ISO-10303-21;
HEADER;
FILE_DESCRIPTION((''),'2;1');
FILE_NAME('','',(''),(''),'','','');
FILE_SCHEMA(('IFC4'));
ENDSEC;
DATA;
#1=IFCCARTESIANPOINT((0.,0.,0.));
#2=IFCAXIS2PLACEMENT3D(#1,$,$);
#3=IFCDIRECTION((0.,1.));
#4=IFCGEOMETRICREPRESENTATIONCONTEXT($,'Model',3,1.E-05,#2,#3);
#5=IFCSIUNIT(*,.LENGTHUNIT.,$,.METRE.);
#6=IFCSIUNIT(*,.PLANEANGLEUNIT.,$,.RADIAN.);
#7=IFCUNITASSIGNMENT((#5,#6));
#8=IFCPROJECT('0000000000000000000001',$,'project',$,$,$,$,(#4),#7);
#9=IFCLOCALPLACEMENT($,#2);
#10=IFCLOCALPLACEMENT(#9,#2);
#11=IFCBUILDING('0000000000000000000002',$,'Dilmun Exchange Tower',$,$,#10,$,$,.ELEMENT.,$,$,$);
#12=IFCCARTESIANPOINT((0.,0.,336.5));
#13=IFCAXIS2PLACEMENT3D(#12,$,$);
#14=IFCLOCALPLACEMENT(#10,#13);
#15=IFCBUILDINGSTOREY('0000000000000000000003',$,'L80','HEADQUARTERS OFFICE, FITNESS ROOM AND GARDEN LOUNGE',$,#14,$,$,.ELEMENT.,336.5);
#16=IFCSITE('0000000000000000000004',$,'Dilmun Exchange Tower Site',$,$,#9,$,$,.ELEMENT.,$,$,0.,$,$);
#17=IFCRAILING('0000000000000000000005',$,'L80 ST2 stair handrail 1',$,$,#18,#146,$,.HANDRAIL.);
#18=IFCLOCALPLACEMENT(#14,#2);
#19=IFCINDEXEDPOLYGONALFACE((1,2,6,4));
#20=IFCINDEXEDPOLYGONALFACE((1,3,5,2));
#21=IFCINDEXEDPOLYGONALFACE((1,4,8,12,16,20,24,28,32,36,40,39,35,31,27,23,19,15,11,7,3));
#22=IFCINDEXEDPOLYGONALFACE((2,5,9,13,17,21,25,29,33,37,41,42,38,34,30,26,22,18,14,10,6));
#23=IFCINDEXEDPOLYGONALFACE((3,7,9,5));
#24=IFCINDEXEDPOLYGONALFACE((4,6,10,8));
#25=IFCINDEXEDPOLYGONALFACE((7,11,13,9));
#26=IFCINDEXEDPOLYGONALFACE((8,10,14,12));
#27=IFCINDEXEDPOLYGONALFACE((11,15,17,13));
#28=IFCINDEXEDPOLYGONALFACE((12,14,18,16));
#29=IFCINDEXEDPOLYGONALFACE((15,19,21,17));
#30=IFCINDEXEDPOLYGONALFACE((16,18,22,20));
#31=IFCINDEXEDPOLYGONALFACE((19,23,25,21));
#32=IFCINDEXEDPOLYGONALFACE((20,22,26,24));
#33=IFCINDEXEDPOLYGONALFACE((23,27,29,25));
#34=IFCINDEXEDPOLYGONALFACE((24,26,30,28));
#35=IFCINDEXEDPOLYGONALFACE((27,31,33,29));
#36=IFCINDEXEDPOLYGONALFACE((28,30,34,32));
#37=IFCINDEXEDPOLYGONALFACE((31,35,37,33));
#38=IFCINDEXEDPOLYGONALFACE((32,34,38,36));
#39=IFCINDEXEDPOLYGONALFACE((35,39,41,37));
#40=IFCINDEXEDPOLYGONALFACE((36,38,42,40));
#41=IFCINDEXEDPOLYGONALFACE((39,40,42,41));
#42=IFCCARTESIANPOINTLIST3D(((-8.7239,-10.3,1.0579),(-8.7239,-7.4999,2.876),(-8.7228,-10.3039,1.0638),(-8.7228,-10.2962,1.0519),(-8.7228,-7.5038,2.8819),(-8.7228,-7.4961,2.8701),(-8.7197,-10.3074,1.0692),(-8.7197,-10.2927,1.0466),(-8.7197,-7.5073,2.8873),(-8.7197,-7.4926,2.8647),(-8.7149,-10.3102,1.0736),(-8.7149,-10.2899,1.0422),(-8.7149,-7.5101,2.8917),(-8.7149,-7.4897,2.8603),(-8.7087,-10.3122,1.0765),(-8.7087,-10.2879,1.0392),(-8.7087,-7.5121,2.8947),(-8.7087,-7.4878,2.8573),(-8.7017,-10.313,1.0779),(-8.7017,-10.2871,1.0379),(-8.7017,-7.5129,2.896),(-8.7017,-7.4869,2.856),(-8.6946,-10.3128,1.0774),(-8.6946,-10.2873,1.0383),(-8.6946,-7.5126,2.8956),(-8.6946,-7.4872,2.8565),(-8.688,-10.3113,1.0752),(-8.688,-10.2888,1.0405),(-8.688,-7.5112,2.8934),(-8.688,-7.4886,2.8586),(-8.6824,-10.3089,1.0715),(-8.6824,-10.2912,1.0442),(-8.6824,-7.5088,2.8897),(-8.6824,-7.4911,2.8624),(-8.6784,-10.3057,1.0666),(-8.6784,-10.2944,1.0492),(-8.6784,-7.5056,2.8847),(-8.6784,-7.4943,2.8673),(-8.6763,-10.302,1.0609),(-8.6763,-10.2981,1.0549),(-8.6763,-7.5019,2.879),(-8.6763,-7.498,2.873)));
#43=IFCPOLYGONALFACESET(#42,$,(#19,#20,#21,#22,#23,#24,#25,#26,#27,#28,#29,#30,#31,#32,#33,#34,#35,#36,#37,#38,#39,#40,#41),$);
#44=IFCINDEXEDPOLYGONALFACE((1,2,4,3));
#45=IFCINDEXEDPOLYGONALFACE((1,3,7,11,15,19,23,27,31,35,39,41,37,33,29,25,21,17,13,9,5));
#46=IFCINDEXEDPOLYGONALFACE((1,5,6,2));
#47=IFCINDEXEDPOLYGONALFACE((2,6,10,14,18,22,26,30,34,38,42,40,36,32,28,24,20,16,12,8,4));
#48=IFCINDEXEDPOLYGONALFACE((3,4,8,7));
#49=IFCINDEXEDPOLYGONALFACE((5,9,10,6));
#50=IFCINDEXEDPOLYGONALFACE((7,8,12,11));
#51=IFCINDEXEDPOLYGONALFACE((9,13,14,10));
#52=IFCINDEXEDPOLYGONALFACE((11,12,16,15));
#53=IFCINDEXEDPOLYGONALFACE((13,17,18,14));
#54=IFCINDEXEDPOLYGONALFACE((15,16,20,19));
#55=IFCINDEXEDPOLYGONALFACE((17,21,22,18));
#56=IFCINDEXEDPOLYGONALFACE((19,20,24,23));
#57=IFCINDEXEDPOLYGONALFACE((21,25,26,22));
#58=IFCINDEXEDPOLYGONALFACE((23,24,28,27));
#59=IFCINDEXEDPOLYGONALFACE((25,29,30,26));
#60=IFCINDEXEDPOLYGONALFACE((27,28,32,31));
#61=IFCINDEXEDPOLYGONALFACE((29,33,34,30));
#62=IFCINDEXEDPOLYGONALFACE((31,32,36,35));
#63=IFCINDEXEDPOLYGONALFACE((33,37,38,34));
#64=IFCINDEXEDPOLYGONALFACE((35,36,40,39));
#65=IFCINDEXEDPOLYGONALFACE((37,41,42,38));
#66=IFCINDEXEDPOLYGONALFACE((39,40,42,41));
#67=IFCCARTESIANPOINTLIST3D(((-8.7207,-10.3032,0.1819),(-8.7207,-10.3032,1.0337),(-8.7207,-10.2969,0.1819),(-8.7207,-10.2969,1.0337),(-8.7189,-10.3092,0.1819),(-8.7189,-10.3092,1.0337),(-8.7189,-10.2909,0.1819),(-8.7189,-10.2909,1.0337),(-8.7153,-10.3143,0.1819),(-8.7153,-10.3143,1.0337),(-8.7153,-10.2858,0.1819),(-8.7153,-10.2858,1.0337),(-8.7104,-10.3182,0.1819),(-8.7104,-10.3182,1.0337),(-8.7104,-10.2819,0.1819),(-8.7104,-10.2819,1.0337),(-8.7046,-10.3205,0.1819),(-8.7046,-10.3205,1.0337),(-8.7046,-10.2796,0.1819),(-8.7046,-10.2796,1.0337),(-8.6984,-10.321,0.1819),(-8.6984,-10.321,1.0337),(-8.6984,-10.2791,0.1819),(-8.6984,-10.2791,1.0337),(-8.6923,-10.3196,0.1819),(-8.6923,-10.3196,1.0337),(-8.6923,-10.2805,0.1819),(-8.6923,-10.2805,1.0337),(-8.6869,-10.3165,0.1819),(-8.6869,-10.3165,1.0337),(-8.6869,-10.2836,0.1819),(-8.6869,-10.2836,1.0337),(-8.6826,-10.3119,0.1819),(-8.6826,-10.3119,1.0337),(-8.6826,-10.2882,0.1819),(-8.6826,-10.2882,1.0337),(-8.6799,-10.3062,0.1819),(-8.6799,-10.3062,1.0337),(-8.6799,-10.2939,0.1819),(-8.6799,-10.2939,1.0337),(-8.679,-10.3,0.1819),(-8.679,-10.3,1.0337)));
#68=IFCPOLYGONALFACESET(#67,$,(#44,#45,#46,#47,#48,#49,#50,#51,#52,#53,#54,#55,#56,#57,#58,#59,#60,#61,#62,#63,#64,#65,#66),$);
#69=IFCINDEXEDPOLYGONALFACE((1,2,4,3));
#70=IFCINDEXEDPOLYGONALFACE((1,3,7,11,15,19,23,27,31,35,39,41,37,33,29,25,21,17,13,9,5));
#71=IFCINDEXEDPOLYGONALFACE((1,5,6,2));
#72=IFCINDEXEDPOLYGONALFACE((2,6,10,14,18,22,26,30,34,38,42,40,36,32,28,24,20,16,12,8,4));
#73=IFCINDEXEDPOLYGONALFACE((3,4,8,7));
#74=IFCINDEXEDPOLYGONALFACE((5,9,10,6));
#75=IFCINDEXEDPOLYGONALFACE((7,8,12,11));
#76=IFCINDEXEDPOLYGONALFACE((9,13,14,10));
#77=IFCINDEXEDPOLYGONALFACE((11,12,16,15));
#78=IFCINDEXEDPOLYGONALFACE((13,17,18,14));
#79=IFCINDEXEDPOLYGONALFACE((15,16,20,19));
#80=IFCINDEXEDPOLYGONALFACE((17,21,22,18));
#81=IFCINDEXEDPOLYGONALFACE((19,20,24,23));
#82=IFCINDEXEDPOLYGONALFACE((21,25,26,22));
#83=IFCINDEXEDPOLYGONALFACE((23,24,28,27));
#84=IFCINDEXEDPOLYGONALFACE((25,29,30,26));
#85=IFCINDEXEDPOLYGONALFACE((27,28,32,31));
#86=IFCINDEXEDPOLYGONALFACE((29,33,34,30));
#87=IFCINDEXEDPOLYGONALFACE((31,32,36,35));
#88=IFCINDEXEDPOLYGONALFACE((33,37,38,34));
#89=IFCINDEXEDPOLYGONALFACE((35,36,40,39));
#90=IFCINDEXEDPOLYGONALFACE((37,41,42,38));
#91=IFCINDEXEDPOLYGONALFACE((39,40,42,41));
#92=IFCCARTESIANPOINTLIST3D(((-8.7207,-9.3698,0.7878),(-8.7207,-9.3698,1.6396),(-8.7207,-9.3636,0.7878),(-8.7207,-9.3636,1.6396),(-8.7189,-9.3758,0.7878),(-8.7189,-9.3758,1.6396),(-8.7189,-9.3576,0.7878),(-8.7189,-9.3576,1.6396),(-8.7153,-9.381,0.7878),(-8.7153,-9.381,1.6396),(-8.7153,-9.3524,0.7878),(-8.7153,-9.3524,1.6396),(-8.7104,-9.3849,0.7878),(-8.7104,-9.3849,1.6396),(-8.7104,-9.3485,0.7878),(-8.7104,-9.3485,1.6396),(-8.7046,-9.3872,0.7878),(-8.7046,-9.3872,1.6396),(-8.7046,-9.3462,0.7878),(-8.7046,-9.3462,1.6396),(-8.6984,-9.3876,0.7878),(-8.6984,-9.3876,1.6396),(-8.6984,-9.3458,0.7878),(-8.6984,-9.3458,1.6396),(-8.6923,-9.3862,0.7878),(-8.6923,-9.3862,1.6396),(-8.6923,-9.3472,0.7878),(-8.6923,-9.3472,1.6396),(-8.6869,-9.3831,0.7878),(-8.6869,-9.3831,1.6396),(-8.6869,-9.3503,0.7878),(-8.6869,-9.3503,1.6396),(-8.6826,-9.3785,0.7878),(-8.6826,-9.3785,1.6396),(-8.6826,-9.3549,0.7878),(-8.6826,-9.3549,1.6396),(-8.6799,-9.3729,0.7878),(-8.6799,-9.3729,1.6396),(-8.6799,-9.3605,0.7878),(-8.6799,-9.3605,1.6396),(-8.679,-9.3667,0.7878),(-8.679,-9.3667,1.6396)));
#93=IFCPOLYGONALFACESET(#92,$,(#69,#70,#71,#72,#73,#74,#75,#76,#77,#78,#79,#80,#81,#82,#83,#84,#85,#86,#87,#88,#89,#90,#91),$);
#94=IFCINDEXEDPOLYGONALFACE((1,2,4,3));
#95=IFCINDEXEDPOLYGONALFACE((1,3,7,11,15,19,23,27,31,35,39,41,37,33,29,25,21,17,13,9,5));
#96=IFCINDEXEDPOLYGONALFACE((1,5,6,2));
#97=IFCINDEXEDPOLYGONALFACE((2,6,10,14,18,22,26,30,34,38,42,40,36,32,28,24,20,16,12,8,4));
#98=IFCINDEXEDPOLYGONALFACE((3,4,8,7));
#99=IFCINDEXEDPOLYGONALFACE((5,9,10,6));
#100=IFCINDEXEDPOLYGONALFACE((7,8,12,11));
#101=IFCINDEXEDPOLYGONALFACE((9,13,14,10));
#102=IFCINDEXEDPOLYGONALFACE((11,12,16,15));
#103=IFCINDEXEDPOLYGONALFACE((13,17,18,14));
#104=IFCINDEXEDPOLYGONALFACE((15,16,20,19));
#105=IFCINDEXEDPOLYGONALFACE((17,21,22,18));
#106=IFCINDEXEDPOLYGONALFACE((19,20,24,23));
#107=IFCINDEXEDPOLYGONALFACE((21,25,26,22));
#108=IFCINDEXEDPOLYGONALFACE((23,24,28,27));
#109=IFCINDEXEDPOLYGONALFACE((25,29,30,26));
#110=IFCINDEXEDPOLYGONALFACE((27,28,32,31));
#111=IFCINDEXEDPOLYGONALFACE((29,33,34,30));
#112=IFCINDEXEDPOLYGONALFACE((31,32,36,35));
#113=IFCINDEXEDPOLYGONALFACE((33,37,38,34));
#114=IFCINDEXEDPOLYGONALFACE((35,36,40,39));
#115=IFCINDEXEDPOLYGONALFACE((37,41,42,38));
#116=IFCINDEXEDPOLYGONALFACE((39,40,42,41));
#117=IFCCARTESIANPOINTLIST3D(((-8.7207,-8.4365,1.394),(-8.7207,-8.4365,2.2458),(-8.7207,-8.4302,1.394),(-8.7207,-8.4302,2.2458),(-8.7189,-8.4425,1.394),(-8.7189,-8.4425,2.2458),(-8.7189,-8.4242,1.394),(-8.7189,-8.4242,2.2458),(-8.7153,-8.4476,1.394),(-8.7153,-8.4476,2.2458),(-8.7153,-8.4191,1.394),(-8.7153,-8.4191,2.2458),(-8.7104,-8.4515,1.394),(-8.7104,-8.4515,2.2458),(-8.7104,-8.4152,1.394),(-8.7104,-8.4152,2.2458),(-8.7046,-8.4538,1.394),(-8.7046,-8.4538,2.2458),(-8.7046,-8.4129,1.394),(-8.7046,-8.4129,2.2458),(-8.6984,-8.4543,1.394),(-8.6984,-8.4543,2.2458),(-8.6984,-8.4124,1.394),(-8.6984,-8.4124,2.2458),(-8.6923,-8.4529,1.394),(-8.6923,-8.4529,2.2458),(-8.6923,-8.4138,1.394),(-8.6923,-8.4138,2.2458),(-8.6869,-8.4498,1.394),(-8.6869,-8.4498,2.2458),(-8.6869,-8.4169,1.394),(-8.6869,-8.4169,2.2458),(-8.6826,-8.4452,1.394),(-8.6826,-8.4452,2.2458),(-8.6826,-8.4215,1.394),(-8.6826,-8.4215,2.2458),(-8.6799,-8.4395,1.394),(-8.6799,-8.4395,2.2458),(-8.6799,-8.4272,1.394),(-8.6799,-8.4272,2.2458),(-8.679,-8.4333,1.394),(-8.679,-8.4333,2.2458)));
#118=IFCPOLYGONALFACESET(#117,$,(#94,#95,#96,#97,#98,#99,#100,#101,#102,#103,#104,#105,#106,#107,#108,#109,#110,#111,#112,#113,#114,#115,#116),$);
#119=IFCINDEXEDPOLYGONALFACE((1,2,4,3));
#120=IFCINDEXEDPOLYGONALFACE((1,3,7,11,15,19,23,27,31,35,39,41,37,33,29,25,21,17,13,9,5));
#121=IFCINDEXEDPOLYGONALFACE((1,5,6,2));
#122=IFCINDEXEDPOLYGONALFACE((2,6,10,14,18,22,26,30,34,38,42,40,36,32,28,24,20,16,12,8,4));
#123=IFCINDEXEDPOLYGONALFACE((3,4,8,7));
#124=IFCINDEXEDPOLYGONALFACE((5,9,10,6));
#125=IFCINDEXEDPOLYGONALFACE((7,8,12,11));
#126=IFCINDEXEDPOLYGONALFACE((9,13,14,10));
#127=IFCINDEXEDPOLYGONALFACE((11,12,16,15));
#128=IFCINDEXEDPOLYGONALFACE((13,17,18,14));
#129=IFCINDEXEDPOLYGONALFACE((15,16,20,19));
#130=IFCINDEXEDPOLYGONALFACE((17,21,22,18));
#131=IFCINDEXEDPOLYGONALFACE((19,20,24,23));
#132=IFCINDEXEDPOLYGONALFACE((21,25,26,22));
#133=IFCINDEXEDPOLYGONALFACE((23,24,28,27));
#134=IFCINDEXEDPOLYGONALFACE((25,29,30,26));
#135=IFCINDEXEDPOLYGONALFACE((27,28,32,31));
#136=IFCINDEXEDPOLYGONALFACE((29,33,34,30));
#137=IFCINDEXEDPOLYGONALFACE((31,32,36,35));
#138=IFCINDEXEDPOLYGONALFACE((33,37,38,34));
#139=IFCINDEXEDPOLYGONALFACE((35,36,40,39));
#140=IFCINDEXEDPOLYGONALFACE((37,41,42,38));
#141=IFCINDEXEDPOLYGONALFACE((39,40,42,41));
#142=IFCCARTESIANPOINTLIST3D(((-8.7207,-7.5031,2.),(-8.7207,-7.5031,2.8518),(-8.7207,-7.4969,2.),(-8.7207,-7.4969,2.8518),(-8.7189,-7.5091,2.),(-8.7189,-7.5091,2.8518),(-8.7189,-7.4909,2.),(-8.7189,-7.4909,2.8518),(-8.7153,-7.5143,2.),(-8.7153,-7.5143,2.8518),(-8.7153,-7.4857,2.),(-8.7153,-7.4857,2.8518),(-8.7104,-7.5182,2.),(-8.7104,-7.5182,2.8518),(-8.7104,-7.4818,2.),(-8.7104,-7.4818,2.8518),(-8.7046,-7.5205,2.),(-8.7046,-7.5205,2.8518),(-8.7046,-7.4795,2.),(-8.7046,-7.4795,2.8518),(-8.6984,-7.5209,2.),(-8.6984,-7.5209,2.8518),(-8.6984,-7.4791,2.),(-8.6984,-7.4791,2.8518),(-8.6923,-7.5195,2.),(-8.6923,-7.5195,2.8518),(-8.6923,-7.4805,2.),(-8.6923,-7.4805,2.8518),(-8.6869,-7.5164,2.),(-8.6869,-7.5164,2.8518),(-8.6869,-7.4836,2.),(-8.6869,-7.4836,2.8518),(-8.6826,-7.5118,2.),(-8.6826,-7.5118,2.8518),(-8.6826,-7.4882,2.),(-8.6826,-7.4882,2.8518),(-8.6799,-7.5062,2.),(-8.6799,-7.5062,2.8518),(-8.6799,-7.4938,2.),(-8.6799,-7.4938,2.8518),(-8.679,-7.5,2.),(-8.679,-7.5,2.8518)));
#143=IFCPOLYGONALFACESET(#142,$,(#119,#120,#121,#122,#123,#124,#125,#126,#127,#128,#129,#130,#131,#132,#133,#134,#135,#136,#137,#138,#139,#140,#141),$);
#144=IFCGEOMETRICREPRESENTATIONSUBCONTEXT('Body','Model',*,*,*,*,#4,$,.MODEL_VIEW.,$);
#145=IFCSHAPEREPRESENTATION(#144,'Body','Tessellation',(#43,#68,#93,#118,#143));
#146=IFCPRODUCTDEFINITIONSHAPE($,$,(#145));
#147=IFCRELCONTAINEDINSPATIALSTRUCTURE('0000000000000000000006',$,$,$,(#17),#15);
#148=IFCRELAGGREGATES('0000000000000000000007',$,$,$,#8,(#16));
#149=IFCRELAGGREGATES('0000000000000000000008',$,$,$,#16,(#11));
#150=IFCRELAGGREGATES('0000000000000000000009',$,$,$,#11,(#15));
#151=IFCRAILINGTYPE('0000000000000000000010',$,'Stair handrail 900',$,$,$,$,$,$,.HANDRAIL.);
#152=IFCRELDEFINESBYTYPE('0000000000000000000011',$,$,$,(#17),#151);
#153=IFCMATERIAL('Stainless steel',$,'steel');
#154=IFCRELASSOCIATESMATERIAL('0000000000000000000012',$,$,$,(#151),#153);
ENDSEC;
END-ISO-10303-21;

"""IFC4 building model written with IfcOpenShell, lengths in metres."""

from ifc_helpers import new_model, si_unit, direction, frame, origin, origin_2d, place, context, subcontext, project, spatial, circle, extrude, material, type_object, element, save


model = new_model("IFC4")

# Units and contexts
model_context = context("Model", 3, precision=1e-05, world=origin(), true_north=direction((0.0, 1.0)))
body_context = subcontext(model_context, "Body", "Model", "MODEL_VIEW")
ifc_project = project(units=[si_unit("LENGTHUNIT", "METRE"), si_unit("PLANEANGLEUNIT", "RADIAN")], contexts=[model_context])

# Site, building, storey
site_placement = place(None, origin())
site = spatial("IfcSite", under=ifc_project, at=site_placement, Name="Dilmun Exchange Tower Site", CompositionType="ELEMENT", RefElevation=0.0)
building_placement = place(site_placement, origin())
building = spatial("IfcBuilding", under=site, at=building_placement, Name="Dilmun Exchange Tower", CompositionType="ELEMENT")
storey_placement = place(building_placement, frame((0.0, 0.0, 336.5)))
storey = spatial("IfcBuildingStorey", under=building, at=storey_placement, Name="L80", Description="HEADQUARTERS OFFICE, FITNESS ROOM AND GARDEN LOUNGE", CompositionType="ELEMENT", Elevation=336.5)

# Railing
ifc_material_1 = material(Name="Stainless steel", Category="steel")
railing_type = type_object("IfcRailingType", Name="Stair handrail 900", PredefinedType="HANDRAIL", material=ifc_material_1)
railing_placement = place(storey_placement, frame((-8.7, -10.3, 0.1819)))
element("IfcRailing", 1, at=railing_placement, inside=storey, type_object=railing_type, Name="L80 ST2 stair handrail 1", PredefinedType="HANDRAIL", context=body_context, shape_type="SweptSolid", body=[
    extrude(circle(Radius=0.0239, at=origin_2d()), frame((0.0, 0.0, 0.876), z_axis=(0.0, 0.838706, 0.544585), x_axis=(-1.0, 0.0, 0.0)), (0.0, 0.0, 1.0), 3.3386),
    extrude(circle(Radius=0.021, at=origin_2d()), origin(), (0.0, 0.0, 1.0), 0.8518),
    extrude(circle(Radius=0.021, at=origin_2d()), frame((0.0, 0.9333, 0.606)), (0.0, 0.0, 1.0), 0.8518),
    extrude(circle(Radius=0.021, at=origin_2d()), frame((0.0, 1.8667, 1.2122)), (0.0, 0.0, 1.0), 0.8518),
    extrude(circle(Radius=0.021, at=origin_2d()), frame((0.0, 2.8, 1.8181)), (0.0, 0.0, 1.0), 0.8518),
])

save(model, "model.ifc")
